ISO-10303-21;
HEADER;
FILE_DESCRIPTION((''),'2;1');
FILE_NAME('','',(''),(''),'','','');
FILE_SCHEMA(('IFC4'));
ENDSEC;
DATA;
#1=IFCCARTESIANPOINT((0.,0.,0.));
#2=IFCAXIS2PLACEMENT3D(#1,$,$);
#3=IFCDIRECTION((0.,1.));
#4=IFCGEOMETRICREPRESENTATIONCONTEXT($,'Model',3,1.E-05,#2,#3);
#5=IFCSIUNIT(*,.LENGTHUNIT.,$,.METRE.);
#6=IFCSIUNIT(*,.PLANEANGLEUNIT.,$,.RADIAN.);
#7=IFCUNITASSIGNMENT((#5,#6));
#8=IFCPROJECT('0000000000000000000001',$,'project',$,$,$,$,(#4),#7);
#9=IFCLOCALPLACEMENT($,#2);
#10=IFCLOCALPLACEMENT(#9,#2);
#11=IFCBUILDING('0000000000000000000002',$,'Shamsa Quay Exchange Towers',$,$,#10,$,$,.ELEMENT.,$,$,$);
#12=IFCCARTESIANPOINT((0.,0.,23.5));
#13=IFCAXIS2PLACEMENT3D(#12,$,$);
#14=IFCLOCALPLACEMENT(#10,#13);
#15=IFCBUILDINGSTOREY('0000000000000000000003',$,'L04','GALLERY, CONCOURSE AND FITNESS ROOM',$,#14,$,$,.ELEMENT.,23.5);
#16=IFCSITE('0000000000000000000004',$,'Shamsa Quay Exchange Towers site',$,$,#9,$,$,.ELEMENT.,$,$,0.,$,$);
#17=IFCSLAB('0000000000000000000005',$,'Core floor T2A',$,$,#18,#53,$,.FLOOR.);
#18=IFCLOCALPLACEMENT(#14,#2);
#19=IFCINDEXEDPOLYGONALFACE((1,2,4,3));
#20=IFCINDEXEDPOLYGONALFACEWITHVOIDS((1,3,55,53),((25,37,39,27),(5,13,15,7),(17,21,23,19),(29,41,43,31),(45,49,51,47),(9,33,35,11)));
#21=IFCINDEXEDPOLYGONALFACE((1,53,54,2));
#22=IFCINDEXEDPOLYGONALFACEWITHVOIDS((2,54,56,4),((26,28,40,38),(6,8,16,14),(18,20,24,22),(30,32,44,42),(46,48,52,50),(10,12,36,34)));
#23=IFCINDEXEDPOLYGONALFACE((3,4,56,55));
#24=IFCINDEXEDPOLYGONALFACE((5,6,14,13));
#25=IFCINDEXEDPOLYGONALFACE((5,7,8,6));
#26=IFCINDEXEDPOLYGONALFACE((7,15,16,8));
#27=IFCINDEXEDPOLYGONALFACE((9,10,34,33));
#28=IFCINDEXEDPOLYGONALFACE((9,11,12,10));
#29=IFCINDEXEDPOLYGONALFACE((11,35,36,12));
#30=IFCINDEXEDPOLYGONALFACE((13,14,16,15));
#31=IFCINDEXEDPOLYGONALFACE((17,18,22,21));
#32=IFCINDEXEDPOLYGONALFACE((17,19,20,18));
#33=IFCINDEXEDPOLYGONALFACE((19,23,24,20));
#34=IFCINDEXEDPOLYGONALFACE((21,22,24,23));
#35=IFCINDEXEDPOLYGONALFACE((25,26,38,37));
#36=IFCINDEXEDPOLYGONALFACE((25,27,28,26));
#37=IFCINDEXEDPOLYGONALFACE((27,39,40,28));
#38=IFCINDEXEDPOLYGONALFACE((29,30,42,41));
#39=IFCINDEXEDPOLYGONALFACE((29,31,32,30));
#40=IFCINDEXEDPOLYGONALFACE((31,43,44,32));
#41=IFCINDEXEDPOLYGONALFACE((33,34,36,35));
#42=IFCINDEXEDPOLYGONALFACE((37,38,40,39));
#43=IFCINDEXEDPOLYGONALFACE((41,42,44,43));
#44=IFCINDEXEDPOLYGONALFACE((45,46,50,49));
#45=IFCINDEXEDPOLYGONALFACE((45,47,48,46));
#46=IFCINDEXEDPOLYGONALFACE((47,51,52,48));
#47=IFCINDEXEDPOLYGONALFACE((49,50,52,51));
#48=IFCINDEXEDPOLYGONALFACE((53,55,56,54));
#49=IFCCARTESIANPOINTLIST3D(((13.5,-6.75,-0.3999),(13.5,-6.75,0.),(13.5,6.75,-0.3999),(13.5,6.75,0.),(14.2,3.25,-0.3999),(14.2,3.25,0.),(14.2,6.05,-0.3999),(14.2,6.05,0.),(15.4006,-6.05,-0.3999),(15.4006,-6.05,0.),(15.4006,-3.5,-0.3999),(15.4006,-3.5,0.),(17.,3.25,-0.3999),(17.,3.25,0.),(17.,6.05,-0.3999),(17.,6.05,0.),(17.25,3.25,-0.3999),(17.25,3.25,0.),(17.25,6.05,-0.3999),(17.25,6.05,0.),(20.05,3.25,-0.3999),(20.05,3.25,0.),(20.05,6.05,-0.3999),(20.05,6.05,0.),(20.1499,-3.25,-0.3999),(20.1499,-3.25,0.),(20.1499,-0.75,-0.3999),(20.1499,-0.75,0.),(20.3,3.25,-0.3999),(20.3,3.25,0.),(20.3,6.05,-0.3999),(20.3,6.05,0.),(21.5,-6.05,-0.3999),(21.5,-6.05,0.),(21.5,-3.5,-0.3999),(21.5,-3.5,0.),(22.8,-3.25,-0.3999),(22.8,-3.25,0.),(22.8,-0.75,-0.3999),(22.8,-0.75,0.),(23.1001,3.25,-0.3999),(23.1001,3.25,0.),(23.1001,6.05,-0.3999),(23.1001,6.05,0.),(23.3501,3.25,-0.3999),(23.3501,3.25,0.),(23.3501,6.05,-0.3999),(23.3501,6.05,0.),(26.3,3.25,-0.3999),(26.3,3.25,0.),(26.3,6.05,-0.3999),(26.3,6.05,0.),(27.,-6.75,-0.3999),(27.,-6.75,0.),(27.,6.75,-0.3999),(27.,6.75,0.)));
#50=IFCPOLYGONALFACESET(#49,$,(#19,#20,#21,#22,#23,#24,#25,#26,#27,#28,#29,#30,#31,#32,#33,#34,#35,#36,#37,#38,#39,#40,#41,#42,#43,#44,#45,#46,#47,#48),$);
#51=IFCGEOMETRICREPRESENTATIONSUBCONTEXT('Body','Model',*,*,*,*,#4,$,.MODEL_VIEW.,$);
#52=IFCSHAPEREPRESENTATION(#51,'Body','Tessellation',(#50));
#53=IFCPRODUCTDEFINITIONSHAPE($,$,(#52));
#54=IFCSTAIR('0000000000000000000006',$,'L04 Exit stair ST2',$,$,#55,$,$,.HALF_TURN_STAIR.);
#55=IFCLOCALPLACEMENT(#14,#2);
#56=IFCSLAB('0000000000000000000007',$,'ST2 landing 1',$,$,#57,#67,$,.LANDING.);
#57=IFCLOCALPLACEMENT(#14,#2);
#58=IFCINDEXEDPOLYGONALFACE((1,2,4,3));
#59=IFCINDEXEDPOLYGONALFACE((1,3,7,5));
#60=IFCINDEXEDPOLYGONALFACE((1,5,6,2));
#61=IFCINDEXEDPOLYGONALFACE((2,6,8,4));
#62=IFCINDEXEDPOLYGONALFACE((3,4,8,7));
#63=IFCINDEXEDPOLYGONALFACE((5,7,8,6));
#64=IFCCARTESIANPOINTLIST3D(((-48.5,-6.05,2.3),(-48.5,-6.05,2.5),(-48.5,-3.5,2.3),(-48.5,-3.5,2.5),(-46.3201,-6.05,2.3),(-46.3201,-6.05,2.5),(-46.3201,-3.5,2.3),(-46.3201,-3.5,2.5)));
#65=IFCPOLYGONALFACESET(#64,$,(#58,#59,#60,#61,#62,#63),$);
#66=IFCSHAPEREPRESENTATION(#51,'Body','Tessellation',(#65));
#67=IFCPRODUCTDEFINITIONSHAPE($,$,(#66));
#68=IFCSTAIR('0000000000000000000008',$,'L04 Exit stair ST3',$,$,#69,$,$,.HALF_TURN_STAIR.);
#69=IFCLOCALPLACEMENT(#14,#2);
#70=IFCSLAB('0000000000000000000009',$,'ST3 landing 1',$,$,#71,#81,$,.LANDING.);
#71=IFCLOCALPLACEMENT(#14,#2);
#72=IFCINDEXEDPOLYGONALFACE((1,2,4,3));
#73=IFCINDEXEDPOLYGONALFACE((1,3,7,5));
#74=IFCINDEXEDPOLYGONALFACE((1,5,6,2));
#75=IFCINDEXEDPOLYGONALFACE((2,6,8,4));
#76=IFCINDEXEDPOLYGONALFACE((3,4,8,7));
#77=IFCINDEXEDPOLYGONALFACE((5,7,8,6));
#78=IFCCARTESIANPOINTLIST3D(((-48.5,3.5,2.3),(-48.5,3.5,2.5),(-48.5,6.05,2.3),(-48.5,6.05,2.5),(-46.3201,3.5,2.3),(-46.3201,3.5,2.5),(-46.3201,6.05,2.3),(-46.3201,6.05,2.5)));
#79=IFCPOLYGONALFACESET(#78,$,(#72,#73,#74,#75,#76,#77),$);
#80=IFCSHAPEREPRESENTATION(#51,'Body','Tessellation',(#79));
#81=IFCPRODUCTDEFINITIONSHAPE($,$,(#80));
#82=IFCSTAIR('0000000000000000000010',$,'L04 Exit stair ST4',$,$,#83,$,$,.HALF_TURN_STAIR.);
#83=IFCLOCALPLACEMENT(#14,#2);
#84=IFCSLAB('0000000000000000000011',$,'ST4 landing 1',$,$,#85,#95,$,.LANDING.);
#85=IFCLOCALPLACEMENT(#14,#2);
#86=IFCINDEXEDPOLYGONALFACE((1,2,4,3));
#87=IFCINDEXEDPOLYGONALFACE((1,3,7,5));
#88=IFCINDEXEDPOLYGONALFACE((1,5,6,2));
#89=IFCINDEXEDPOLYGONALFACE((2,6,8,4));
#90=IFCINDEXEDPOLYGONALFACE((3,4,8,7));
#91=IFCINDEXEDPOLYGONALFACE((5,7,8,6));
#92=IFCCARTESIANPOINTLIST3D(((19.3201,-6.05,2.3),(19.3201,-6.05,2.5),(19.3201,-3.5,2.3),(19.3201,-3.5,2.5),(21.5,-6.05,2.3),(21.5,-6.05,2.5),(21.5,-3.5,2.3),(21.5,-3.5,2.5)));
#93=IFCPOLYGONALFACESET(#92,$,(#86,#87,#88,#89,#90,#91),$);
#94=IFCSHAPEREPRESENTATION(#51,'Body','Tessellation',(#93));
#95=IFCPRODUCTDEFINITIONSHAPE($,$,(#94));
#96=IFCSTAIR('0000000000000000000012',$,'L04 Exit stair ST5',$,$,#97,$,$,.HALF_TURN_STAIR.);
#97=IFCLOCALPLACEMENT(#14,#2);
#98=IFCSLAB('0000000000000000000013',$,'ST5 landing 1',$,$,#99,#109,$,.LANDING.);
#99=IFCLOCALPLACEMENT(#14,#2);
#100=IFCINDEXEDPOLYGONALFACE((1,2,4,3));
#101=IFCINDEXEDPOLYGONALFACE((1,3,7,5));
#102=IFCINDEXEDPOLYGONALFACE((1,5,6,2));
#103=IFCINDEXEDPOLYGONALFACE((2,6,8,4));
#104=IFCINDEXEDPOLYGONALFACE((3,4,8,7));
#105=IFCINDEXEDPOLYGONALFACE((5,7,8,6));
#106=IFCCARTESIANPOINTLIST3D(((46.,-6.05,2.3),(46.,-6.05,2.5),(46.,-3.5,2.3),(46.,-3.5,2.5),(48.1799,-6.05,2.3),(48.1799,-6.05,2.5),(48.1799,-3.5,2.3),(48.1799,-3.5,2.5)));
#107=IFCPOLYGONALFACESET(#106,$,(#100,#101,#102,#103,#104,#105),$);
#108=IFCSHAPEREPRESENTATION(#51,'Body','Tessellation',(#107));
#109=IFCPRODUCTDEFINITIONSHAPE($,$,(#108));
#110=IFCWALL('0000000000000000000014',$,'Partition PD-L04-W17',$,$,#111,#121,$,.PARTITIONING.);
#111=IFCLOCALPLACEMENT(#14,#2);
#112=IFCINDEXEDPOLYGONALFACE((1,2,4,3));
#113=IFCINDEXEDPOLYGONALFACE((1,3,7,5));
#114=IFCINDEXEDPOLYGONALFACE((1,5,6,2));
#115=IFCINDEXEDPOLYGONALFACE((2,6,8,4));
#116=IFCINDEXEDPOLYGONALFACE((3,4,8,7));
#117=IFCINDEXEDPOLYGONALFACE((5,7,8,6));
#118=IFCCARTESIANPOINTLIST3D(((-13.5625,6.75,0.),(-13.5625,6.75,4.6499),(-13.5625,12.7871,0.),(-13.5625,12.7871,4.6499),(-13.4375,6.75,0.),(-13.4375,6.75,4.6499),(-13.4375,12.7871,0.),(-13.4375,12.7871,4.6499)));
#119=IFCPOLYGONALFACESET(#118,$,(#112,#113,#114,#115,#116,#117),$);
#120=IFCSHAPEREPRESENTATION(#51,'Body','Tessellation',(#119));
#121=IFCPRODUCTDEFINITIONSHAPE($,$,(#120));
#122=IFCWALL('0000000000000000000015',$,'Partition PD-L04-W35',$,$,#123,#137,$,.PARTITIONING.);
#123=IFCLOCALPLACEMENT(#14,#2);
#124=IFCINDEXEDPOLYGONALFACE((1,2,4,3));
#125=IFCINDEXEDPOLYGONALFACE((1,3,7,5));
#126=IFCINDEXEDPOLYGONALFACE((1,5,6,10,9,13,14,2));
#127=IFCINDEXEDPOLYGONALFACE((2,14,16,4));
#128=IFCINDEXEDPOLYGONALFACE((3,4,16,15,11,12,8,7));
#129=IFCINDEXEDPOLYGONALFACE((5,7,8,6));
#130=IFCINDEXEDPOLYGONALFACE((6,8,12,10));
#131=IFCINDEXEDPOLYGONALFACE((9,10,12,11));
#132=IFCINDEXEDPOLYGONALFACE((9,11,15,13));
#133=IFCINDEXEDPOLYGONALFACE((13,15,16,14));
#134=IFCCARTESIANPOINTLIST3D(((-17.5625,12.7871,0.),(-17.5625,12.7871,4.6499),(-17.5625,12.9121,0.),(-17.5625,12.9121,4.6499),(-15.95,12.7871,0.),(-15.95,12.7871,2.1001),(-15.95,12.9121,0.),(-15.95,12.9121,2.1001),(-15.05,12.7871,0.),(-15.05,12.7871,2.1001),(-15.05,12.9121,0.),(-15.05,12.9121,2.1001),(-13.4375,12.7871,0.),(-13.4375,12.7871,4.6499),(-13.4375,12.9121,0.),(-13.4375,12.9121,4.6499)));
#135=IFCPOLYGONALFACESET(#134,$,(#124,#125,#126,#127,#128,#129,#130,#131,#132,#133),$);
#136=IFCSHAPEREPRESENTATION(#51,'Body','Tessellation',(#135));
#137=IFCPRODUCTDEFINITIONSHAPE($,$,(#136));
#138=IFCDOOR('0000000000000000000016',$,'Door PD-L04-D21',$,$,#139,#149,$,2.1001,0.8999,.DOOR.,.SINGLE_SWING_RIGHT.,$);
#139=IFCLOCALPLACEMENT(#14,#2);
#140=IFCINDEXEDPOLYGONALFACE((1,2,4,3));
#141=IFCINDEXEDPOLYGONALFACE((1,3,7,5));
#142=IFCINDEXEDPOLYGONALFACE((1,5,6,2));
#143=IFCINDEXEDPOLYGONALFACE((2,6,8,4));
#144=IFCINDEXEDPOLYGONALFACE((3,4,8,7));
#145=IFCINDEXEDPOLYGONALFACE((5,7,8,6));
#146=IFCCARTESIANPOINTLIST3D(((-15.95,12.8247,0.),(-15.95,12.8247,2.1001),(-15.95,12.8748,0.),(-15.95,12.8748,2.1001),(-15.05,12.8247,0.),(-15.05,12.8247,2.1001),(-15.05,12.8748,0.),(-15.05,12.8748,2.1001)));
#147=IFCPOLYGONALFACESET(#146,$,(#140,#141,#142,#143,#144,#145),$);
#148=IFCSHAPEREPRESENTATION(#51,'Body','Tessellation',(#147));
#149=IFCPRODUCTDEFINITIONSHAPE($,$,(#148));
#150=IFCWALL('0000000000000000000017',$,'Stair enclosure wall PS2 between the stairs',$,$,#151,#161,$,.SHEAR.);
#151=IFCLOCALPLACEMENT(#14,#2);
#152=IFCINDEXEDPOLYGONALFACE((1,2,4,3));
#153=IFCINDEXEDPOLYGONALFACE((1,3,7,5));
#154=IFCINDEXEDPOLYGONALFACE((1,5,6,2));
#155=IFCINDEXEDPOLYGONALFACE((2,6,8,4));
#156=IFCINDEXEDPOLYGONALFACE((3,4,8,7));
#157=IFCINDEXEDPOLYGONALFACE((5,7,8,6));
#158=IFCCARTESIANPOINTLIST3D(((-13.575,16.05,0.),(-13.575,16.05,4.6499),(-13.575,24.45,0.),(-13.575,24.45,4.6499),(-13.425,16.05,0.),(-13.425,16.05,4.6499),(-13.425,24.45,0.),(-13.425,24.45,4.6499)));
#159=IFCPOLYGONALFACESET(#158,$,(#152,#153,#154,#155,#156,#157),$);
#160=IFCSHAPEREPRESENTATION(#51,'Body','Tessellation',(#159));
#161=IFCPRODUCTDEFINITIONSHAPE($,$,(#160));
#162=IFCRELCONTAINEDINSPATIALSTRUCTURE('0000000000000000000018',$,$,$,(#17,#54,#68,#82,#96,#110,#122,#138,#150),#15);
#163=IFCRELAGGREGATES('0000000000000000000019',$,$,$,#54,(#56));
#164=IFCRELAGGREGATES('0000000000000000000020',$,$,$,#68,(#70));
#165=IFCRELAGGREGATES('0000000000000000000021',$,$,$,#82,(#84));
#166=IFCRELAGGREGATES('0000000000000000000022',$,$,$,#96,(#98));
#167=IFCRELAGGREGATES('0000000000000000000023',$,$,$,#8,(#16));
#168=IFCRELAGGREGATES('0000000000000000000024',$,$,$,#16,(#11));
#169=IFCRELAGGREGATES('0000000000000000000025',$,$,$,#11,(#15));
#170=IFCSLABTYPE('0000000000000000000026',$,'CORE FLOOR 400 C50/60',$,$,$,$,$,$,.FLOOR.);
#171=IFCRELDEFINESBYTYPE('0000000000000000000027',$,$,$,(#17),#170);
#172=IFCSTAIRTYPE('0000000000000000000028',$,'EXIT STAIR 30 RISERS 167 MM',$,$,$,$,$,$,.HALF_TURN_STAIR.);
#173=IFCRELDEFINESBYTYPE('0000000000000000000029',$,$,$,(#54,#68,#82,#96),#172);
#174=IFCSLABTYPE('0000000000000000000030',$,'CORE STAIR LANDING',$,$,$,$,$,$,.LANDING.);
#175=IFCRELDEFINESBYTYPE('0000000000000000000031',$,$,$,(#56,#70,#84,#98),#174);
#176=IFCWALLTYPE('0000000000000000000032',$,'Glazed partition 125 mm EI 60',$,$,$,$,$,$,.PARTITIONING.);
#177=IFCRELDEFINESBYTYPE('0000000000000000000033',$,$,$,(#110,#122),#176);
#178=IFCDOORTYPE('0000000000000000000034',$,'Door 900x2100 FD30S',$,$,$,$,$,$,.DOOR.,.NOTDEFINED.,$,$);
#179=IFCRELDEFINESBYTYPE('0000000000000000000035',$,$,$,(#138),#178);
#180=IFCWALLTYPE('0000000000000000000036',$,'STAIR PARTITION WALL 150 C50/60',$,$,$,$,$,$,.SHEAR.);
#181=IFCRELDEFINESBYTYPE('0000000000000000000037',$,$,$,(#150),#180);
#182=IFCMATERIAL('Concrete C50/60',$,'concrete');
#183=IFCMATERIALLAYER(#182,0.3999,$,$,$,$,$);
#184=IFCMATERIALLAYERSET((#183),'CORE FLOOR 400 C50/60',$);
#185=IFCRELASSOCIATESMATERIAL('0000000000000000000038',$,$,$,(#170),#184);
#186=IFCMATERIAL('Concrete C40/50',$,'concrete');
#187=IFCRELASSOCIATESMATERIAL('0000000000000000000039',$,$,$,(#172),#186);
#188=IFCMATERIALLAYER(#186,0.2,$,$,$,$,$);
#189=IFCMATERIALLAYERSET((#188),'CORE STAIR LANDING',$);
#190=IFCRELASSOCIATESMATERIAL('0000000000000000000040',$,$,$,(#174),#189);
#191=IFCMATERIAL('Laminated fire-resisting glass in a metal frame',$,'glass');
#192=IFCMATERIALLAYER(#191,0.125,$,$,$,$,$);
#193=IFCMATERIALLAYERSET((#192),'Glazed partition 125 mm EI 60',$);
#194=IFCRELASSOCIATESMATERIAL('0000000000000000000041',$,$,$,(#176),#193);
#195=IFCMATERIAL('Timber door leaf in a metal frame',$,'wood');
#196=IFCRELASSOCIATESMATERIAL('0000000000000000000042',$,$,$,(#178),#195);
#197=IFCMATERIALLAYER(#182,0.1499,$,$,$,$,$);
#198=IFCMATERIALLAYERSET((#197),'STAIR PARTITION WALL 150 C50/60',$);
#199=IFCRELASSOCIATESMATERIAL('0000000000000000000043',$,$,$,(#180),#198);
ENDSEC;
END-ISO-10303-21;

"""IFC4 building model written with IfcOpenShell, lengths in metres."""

from ifc_helpers import new_model, si_unit, direction, frame, frame_2d, origin, place, context, subcontext, project, spatial, polyline, rectangle, outline, extrude, material, layer, layer_set, type_object, element, fill, aggregate, save


model = new_model("IFC4")

# Units and contexts
model_context = context("Model", 3, precision=1e-05, world=origin(), true_north=direction((0.0, 1.0)))
body_context = subcontext(model_context, "Body", "Model", "MODEL_VIEW")
ifc_project = project(units=[si_unit("LENGTHUNIT", "METRE"), si_unit("PLANEANGLEUNIT", "RADIAN")], contexts=[model_context])

# Site, building, storey
site_placement = place(None, origin())
site = spatial("IfcSite", under=ifc_project, at=site_placement, Name="Shamsa Quay Exchange Towers site", CompositionType="ELEMENT", RefElevation=0.0)
building_placement = place(site_placement, origin())
building = spatial("IfcBuilding", under=site, at=building_placement, Name="Shamsa Quay Exchange Towers", CompositionType="ELEMENT")
storey_placement = place(building_placement, frame((0.0, 0.0, 23.5)))
storey = spatial("IfcBuildingStorey", under=building, at=storey_placement, Name="L04", Description="GALLERY, CONCOURSE AND FITNESS ROOM", CompositionType="ELEMENT", Elevation=23.5)

# Slab
ifc_material_1 = material(Name="Concrete C50/60", Category="concrete")
ifc_layer_1 = layer(ifc_material_1, 0.3999)
ifc_layer_set_1 = layer_set([ifc_layer_1], Name="CORE FLOOR 400 C50/60")
slab_type_1 = type_object("IfcSlabType", Name="CORE FLOOR 400 C50/60", PredefinedType="FLOOR", material=ifc_layer_set_1)
slab_1_placement = place(storey_placement, frame((0.0, 0.0, -0.3999)))
element("IfcSlab", 1, at=slab_1_placement, inside=storey, type_object=slab_type_1, Name="Core floor T2A", PredefinedType="FLOOR", context=body_context, shape_type="SweptSolid", body=[
    extrude(outline(polyline([(13.5, -6.75), (27.0, -6.75), (27.0, 6.75), (13.5, 6.75), (13.5, -6.75)]), holes=[polyline([(15.4006, -6.05), (15.4006, -3.5), (21.5, -3.5), (21.5, -6.05), (15.4006, -6.05)]), polyline([(14.2, 3.25), (14.2, 6.05), (17.0, 6.05), (17.0, 3.25), (14.2, 3.25)]), polyline([(17.25, 3.25), (17.25, 6.05), (20.05, 6.05), (20.05, 3.25), (17.25, 3.25)]), polyline([(20.3, 3.25), (20.3, 6.05), (23.1001, 6.05), (23.1001, 3.25), (20.3, 3.25)]), polyline([(23.3501, 3.25), (23.3501, 6.05), (26.3, 6.05), (26.3, 3.25), (23.3501, 3.25)]), polyline([(20.1499, -3.25), (20.1499, -0.75), (22.8, -0.75), (22.8, -3.25), (20.1499, -3.25)])]), origin(), (0.0, 0.0, 1.0), 0.3999),
])

# Stairs, slabs
ifc_material_2 = material(Name="Concrete C40/50", Category="concrete")
stair_type = type_object("IfcStairType", Name="EXIT STAIR 30 RISERS 167 MM", PredefinedType="HALF_TURN_STAIR", material=ifc_material_2)
stair_1_placement = place(storey_placement, origin())
stair_1 = element("IfcStair", 2, at=stair_1_placement, inside=storey, type_object=stair_type, Name="L04 Exit stair ST2", PredefinedType="HALF_TURN_STAIR")
ifc_layer_2 = layer(ifc_material_2, 0.2)
ifc_layer_set_2 = layer_set([ifc_layer_2], Name="CORE STAIR LANDING")
slab_type_2 = type_object("IfcSlabType", Name="CORE STAIR LANDING", PredefinedType="LANDING", material=ifc_layer_set_2)
slab_2_placement = place(storey_placement, frame((0.0, 0.0, 2.3)))
slab_2 = element("IfcSlab", 3, at=slab_2_placement, type_object=slab_type_2, Name="ST2 landing 1", PredefinedType="LANDING", context=body_context, shape_type="SweptSolid", body=[
    extrude(outline(polyline([(-46.3201, -3.5), (-48.5, -3.5), (-48.5, -6.05), (-46.3201, -6.05), (-46.3201, -3.5)])), origin(), (0.0, 0.0, 1.0), 0.2),
])
aggregate(stair_1, [slab_2])
stair_2_placement = place(storey_placement, origin())
stair_2 = element("IfcStair", 4, at=stair_2_placement, inside=storey, type_object=stair_type, Name="L04 Exit stair ST3", PredefinedType="HALF_TURN_STAIR")
slab_3_placement = place(storey_placement, frame((0.0, 0.0, 2.3)))
slab_3 = element("IfcSlab", 5, at=slab_3_placement, type_object=slab_type_2, Name="ST3 landing 1", PredefinedType="LANDING", context=body_context, shape_type="SweptSolid", body=[
    extrude(outline(polyline([(-46.3201, 6.05), (-48.5, 6.05), (-48.5, 3.5), (-46.3201, 3.5), (-46.3201, 6.05)])), origin(), (0.0, 0.0, 1.0), 0.2),
])
aggregate(stair_2, [slab_3])
stair_3_placement = place(storey_placement, origin())
stair_3 = element("IfcStair", 6, at=stair_3_placement, inside=storey, type_object=stair_type, Name="L04 Exit stair ST4", PredefinedType="HALF_TURN_STAIR")
slab_4_placement = place(storey_placement, frame((0.0, 0.0, 2.3)))
slab_4 = element("IfcSlab", 7, at=slab_4_placement, type_object=slab_type_2, Name="ST4 landing 1", PredefinedType="LANDING", context=body_context, shape_type="SweptSolid", body=[
    extrude(outline(polyline([(19.3201, -6.05), (21.5, -6.05), (21.5, -3.5), (19.3201, -3.5), (19.3201, -6.05)])), origin(), (0.0, 0.0, 1.0), 0.2),
])
aggregate(stair_3, [slab_4])
stair_4_placement = place(storey_placement, origin())
stair_4 = element("IfcStair", 8, at=stair_4_placement, inside=storey, type_object=stair_type, Name="L04 Exit stair ST5", PredefinedType="HALF_TURN_STAIR")
slab_5_placement = place(storey_placement, frame((0.0, 0.0, 2.3)))
slab_5 = element("IfcSlab", 9, at=slab_5_placement, type_object=slab_type_2, Name="ST5 landing 1", PredefinedType="LANDING", context=body_context, shape_type="SweptSolid", body=[
    extrude(outline(polyline([(48.1799, -3.5), (46.0, -3.5), (46.0, -6.05), (48.1799, -6.05), (48.1799, -3.5)])), origin(), (0.0, 0.0, 1.0), 0.2),
])
aggregate(stair_4, [slab_5])

# Wall
ifc_material_3 = material(Name="Laminated fire-resisting glass in a metal frame", Category="glass")
ifc_layer_3 = layer(ifc_material_3, 0.125)
ifc_layer_set_3 = layer_set([ifc_layer_3], Name="Glazed partition 125 mm EI 60")
wall_type_1 = type_object("IfcWallType", Name="Glazed partition 125 mm EI 60", PredefinedType="PARTITIONING", material=ifc_layer_set_3)
wall_1_placement = place(storey_placement, frame((-13.5, 6.75, 0.0), z_axis=(0.0, 0.0, 1.0), x_axis=(0.0, 1.0, 0.0)))
element("IfcWall", 10, at=wall_1_placement, inside=storey, type_object=wall_type_1, Name="Partition PD-L04-W17", PredefinedType="PARTITIONING", context=body_context, shape_type="SweptSolid", body=[
    extrude(rectangle(XDim=6.0371, YDim=0.125, at=frame_2d((3.0186, 0.0))), origin(), (0.0, 0.0, 1.0), 4.6499),
])

# Wall, opening, door
wall_2_placement = place(storey_placement, frame((-13.4375, 12.8496, 0.0), z_axis=(0.0, 0.0, 1.0), x_axis=(-1.0, 0.0, 0.0)))
wall_2 = element("IfcWall", 11, at=wall_2_placement, inside=storey, type_object=wall_type_1, Name="Partition PD-L04-W35", PredefinedType="PARTITIONING", context=body_context, shape_type="SweptSolid", body=[
    extrude(rectangle(XDim=4.125, YDim=0.125, at=frame_2d((2.0625, 0.0))), origin(), (0.0, 0.0, 1.0), 4.6499),
])
opening_1_placement = place(wall_2_placement, frame((1.6125, 0.0, 0.0)))
opening_1 = element("IfcOpeningElement", 12, at=opening_1_placement, cuts=wall_2, PredefinedType="OPENING", context=body_context, shape_type="SweptSolid", body=[
    extrude(rectangle(XDim=0.8999, YDim=2.1001, at=frame_2d((0.45, 1.05))), frame((0.0, 0.0725, 0.0), z_axis=(0.0, -1.0, 0.0), x_axis=(1.0, 0.0, 0.0)), (0.0, 0.0, 1.0), 0.145),
])
ifc_material_4 = material(Name="Timber door leaf in a metal frame", Category="wood")
door_type_1 = type_object("IfcDoorType", Name="Door 900x2100 FD30S", OperationType="NOTDEFINED", PredefinedType="DOOR", material=ifc_material_4)
door_1_placement = place(opening_1_placement, origin())
door_1 = element("IfcDoor", 13, at=door_1_placement, inside=storey, type_object=door_type_1, Name="Door PD-L04-D21", OperationType="SINGLE_SWING_RIGHT", OverallHeight=2.1001, OverallWidth=0.8999, PredefinedType="DOOR", context=body_context, shape_type="SweptSolid", body=[
    extrude(rectangle(XDim=0.8999, YDim=2.1001, at=frame_2d((0.45, 1.05))), frame((0.0, 0.0249, 0.0), z_axis=(0.0, -1.0, 0.0), x_axis=(1.0, 0.0, 0.0)), (0.0, 0.0, 1.0), 0.05),
])
fill(opening_1, door_1)

# Wall
ifc_layer_4 = layer(ifc_material_1, 0.1499)
ifc_layer_set_4 = layer_set([ifc_layer_4], Name="STAIR PARTITION WALL 150 C50/60")
wall_type_2 = type_object("IfcWallType", Name="STAIR PARTITION WALL 150 C50/60", PredefinedType="SHEAR", material=ifc_layer_set_4)
wall_3_placement = place(storey_placement, frame((-13.5, 16.05, 0.0), z_axis=(0.0, 0.0, 1.0), x_axis=(0.0, 1.0, 0.0)))
element("IfcWall", 14, at=wall_3_placement, inside=storey, type_object=wall_type_2, Name="Stair enclosure wall PS2 between the stairs", PredefinedType="SHEAR", context=body_context, shape_type="SweptSolid", body=[
    extrude(rectangle(XDim=8.3999, YDim=0.1499, at=frame_2d((4.2, 0.0))), origin(), (0.0, 0.0, 1.0), 4.6499),
])

save(model, "model.ifc")
